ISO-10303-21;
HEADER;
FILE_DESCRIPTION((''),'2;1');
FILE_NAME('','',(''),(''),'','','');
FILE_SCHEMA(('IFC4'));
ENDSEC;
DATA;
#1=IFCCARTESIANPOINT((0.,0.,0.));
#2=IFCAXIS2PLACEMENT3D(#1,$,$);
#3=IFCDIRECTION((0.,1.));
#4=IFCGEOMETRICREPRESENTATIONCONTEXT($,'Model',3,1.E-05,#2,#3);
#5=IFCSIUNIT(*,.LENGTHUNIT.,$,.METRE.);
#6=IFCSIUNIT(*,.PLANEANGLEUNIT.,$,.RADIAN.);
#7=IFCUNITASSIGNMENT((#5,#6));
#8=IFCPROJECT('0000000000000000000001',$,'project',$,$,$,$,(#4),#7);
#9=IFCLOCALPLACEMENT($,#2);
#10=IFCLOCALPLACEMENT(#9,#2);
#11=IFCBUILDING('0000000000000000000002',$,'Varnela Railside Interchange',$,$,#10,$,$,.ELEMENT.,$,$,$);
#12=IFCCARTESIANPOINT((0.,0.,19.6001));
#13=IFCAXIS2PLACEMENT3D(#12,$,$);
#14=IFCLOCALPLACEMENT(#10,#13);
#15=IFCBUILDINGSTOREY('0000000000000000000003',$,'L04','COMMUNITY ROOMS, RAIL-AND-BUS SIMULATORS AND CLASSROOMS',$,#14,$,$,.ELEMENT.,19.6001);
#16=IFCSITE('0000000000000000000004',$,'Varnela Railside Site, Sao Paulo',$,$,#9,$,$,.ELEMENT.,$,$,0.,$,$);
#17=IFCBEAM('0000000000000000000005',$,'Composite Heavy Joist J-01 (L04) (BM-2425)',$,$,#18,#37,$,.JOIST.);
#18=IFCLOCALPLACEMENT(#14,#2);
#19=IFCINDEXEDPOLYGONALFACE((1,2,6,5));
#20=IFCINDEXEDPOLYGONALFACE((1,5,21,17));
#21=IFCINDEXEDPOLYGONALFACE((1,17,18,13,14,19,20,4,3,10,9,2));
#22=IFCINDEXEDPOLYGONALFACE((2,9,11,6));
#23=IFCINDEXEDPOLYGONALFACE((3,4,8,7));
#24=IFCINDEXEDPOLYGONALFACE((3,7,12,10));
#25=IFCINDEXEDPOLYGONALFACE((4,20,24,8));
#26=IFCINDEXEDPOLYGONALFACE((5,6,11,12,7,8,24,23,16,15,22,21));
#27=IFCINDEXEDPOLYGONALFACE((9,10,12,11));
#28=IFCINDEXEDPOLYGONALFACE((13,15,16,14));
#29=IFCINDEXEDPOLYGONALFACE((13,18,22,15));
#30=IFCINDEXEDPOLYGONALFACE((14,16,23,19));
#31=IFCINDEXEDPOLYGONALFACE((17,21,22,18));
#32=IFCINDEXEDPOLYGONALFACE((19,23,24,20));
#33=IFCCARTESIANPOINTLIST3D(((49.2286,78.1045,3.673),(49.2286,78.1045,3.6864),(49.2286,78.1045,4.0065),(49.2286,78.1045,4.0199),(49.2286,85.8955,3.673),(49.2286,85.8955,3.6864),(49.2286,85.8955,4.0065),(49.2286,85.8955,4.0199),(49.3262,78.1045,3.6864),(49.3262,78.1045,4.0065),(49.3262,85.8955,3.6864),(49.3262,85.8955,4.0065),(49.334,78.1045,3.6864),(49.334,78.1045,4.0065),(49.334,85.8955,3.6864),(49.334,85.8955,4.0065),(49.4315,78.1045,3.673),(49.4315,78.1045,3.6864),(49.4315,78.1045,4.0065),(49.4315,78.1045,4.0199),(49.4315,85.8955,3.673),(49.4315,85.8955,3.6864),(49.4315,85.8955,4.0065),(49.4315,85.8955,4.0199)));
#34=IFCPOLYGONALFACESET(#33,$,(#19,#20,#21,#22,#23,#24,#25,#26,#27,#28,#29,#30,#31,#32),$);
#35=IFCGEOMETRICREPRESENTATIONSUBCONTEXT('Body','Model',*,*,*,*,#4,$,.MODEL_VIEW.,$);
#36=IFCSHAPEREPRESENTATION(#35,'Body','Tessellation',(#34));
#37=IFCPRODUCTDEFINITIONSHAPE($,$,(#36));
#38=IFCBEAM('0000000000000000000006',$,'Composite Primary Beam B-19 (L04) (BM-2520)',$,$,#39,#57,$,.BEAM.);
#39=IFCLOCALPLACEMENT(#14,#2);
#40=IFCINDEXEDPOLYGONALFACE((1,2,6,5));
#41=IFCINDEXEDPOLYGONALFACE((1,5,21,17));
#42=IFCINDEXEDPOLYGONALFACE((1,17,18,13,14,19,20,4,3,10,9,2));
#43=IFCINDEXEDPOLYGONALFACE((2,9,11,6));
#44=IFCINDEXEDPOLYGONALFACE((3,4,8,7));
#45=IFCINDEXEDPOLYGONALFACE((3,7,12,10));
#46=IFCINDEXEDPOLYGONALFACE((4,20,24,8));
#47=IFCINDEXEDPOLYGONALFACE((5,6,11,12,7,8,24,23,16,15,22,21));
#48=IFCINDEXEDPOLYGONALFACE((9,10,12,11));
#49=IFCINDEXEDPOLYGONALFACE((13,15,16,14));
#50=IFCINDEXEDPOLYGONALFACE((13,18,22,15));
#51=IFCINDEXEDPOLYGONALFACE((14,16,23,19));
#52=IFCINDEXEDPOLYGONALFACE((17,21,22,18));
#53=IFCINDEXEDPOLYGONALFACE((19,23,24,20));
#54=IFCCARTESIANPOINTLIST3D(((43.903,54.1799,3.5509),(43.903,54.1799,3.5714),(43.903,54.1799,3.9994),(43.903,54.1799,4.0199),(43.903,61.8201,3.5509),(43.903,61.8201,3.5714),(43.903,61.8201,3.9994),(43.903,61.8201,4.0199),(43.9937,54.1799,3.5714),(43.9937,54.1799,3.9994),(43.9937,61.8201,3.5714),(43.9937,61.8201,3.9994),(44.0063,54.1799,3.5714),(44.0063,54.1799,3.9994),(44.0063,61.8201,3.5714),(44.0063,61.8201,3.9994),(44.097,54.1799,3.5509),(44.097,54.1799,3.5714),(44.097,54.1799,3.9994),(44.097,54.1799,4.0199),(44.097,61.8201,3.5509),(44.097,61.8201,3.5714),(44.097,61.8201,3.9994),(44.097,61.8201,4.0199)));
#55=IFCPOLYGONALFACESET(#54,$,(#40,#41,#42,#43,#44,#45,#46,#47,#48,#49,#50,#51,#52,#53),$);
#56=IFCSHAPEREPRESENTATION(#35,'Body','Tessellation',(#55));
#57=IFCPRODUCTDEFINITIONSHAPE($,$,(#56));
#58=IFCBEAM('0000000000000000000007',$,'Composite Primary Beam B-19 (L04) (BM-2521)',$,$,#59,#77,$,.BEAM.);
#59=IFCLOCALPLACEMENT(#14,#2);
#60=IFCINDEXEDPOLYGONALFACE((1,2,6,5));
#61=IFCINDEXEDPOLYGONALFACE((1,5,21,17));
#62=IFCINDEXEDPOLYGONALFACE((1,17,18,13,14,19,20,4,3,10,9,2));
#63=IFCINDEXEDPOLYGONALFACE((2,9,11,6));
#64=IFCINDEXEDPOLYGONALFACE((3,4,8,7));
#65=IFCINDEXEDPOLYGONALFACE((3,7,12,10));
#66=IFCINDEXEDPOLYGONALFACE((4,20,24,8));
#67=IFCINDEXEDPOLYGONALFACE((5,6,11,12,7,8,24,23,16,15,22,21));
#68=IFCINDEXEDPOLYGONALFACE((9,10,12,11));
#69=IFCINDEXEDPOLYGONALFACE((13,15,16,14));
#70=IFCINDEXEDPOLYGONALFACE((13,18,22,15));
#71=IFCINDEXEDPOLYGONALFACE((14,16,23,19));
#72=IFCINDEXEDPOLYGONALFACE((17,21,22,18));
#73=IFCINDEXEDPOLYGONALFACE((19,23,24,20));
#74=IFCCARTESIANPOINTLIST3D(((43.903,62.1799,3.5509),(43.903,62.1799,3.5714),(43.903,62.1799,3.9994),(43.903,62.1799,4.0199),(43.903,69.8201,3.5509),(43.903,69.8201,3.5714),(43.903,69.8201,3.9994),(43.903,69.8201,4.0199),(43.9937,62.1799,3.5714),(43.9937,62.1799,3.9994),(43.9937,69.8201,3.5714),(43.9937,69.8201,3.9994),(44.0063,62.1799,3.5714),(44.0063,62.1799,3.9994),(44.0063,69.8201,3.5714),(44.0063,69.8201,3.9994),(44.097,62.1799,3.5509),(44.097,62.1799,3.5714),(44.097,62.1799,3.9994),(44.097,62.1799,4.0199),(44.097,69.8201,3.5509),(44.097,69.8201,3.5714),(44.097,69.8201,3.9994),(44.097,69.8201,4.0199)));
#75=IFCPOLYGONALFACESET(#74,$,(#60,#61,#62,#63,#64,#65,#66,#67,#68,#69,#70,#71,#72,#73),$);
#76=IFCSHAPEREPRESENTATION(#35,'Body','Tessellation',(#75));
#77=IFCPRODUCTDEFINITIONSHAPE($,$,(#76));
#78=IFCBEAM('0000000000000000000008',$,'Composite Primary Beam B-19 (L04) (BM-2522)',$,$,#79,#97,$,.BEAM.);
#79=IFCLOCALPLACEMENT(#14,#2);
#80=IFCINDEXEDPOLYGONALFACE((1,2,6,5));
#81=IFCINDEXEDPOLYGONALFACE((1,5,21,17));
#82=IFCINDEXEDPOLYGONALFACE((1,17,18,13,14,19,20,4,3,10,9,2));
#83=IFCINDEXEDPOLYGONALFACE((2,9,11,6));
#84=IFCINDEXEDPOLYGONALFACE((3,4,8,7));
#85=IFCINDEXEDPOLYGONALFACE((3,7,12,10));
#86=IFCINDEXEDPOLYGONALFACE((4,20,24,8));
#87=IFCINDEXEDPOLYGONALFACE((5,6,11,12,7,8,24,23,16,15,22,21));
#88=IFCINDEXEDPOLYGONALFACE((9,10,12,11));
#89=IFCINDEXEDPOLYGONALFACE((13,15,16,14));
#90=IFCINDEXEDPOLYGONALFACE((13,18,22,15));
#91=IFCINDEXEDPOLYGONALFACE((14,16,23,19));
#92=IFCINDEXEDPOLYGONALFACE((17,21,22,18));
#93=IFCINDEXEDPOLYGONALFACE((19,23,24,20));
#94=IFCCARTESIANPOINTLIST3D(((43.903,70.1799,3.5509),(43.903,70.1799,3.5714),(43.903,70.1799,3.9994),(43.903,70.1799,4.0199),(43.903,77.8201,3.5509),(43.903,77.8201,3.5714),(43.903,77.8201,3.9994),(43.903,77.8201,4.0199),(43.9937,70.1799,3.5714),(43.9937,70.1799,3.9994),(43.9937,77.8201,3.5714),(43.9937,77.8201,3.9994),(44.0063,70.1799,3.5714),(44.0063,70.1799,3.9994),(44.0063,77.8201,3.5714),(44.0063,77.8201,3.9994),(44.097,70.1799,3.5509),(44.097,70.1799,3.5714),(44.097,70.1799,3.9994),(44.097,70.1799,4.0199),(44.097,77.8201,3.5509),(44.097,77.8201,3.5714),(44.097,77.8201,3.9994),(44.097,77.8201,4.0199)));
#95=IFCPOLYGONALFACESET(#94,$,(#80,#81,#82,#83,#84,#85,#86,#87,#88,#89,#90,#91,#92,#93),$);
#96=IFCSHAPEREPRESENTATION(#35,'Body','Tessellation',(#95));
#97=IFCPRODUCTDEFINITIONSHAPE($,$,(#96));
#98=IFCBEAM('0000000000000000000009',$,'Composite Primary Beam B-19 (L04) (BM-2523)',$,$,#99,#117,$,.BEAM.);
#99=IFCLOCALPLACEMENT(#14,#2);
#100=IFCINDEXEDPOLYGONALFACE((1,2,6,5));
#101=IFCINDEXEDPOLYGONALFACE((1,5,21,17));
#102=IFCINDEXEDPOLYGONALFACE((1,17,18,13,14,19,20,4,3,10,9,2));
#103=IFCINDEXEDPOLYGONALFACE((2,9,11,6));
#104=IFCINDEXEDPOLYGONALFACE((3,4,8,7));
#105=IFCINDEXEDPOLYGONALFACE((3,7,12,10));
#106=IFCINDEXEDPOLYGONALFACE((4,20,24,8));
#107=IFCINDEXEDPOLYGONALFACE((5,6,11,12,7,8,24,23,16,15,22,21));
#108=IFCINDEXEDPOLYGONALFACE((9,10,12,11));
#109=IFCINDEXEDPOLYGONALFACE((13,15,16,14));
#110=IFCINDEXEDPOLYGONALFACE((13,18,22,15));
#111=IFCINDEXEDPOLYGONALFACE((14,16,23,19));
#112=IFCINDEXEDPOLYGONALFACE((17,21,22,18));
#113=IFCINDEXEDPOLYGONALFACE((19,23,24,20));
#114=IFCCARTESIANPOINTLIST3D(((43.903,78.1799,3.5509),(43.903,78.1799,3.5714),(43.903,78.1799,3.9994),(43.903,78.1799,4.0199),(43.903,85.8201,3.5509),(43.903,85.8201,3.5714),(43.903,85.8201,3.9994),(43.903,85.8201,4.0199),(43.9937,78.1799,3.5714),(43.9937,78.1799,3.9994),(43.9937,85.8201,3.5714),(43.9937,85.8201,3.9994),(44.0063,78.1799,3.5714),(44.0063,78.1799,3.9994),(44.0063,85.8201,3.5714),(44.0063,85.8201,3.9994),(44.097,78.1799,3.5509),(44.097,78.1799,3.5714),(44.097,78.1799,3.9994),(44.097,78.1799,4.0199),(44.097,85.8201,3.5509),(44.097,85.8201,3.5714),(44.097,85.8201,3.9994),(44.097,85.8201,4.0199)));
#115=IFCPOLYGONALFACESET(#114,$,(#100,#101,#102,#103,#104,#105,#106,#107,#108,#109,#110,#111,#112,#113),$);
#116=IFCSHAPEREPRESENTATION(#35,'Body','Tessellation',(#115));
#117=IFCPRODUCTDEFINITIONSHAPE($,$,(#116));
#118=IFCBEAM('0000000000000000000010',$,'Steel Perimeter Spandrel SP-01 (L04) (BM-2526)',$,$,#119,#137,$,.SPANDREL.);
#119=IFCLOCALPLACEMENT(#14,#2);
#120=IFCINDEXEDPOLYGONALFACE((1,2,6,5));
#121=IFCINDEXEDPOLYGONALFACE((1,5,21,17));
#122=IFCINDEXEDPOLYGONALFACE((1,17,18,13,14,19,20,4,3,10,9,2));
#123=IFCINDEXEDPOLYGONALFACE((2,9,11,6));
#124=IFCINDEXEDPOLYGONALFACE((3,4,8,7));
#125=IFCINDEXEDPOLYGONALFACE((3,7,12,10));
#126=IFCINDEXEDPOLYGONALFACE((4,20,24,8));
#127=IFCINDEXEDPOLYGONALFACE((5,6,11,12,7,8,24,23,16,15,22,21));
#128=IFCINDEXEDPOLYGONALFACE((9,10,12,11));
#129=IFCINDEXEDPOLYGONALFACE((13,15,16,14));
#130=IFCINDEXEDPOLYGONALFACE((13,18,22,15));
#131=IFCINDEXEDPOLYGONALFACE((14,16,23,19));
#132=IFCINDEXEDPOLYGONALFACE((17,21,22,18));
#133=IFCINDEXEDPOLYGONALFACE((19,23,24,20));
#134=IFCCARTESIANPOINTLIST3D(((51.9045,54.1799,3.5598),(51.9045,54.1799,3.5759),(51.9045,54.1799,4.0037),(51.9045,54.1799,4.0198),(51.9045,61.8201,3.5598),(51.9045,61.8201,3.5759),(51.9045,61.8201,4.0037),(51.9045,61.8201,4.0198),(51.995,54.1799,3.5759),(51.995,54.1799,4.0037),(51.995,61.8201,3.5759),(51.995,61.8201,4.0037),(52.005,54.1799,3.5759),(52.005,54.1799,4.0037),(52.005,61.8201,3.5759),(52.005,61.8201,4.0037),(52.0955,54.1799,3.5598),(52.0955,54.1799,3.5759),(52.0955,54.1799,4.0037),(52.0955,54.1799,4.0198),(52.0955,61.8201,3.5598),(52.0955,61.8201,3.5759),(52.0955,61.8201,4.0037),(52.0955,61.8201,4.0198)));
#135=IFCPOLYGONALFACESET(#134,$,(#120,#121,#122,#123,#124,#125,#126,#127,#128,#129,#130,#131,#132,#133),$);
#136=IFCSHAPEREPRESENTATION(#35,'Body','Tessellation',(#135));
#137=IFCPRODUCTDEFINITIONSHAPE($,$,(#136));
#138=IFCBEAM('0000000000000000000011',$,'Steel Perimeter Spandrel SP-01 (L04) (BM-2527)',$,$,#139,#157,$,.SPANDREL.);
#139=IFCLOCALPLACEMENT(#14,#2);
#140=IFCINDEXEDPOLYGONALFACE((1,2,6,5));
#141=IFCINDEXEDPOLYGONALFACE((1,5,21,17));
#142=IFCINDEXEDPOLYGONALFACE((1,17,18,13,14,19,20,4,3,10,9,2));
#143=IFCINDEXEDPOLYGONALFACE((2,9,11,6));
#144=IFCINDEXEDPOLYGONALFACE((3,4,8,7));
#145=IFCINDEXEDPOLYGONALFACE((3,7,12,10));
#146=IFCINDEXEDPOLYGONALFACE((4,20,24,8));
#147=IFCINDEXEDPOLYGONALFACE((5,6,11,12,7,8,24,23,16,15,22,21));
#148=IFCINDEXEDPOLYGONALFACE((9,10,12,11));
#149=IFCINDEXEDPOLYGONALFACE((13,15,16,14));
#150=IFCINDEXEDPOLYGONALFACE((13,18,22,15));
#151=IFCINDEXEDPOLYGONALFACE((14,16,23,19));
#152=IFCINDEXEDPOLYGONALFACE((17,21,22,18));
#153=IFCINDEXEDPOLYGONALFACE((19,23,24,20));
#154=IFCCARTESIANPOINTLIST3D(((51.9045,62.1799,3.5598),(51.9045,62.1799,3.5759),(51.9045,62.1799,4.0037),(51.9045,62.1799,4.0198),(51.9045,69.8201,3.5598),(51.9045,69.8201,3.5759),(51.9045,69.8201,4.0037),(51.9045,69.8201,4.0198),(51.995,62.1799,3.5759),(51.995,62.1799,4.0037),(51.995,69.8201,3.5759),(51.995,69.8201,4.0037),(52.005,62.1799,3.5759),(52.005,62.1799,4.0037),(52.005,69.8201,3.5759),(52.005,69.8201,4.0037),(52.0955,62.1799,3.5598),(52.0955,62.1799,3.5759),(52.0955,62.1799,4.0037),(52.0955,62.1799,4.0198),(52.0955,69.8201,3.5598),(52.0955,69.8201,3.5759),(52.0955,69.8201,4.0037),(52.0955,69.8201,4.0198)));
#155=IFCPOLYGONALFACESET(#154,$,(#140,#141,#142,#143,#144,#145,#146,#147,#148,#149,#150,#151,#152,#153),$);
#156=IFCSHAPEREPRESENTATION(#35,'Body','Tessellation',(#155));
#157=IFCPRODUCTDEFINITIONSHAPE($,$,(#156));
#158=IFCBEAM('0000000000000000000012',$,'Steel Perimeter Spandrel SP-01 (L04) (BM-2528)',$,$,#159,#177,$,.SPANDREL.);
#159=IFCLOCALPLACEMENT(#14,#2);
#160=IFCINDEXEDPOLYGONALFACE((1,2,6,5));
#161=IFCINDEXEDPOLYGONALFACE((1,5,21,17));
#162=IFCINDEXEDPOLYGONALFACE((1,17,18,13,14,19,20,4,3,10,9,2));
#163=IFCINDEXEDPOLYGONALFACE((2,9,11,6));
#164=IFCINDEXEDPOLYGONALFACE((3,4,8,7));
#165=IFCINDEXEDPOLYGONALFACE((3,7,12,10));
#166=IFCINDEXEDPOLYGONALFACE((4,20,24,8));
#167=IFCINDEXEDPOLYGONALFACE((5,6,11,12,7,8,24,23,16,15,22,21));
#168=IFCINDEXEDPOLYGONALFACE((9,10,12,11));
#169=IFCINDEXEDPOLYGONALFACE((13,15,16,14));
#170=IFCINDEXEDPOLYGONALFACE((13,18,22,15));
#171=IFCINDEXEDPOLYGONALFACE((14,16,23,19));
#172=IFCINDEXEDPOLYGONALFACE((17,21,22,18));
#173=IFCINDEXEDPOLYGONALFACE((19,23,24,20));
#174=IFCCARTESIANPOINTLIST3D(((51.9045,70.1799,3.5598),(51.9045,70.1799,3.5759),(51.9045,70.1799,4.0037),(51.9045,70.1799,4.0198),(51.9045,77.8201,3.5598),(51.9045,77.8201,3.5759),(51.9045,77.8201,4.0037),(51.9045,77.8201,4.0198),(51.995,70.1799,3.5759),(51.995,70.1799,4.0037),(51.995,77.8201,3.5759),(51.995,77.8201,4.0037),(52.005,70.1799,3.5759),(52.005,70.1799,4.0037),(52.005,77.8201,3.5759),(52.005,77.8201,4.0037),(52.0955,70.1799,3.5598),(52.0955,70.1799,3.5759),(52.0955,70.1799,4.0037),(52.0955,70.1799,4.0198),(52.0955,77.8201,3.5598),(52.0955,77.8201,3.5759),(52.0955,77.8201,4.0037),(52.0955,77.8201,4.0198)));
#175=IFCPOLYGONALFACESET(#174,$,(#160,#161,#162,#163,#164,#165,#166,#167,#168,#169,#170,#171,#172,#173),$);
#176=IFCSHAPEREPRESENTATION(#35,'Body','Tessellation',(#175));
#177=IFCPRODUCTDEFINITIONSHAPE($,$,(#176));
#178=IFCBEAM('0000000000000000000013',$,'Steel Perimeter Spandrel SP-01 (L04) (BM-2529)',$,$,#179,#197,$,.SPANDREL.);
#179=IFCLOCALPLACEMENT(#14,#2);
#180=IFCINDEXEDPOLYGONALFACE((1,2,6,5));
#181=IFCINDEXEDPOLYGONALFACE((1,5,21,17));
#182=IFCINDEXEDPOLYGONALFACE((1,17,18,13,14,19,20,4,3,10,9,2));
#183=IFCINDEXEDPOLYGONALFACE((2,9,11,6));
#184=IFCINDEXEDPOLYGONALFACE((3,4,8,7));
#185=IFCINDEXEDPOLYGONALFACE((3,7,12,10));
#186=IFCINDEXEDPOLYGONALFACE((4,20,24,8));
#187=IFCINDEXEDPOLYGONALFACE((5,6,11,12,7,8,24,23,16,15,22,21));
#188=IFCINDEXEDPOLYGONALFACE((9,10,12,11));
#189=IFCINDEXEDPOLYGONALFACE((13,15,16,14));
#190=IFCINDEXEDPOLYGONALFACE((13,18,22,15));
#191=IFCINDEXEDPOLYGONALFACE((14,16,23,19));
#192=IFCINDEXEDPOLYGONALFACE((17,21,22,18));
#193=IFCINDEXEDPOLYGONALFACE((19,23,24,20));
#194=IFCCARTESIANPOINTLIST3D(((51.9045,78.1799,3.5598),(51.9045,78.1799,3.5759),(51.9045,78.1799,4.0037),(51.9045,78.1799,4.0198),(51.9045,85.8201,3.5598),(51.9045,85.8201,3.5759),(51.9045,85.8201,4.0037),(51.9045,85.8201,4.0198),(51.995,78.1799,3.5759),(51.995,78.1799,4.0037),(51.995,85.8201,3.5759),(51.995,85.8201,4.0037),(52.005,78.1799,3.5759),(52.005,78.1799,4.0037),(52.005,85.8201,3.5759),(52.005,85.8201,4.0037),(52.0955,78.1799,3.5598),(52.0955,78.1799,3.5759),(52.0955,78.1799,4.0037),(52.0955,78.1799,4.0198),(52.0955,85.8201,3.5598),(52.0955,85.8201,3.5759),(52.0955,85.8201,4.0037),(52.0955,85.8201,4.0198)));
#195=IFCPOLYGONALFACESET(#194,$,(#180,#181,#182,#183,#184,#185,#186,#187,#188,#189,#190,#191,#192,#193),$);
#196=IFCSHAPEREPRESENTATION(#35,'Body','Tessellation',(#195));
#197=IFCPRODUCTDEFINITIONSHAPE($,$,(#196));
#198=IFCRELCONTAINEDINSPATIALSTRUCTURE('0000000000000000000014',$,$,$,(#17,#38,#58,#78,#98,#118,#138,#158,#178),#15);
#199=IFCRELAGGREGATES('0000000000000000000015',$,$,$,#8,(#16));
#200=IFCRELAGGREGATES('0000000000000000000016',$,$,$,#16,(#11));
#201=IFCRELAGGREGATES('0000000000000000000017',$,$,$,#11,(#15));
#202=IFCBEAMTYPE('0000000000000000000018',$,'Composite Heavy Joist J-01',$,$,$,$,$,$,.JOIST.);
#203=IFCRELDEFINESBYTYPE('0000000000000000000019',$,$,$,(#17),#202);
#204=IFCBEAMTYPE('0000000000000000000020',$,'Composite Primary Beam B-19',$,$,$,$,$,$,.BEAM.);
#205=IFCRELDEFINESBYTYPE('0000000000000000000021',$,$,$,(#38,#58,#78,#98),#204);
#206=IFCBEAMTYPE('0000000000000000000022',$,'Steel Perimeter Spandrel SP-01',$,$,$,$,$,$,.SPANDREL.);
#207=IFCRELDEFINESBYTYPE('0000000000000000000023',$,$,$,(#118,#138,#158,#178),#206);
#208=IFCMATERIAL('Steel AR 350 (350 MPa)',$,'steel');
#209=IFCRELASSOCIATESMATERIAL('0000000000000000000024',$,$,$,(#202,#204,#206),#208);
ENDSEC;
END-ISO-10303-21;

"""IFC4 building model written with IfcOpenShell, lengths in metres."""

from ifc_helpers import new_model, si_unit, direction, frame, origin, origin_2d, place, context, subcontext, project, spatial, i_section, extrude, material, material_profile, profile_set, type_object, element, save


model = new_model("IFC4")

# Units and contexts
model_context = context("Model", 3, precision=1e-05, world=origin(), true_north=direction((0.0, 1.0)))
body_context = subcontext(model_context, "Body", "Model", "MODEL_VIEW")
ifc_project = project(units=[si_unit("LENGTHUNIT", "METRE"), si_unit("PLANEANGLEUNIT", "RADIAN")], contexts=[model_context])

# Site, building, storey
site_placement = place(None, origin())
site = spatial("IfcSite", under=ifc_project, at=site_placement, Name="Varnela Railside Site, Sao Paulo", CompositionType="ELEMENT", RefElevation=0.0)
building_placement = place(site_placement, origin())
building = spatial("IfcBuilding", under=site, at=building_placement, Name="Varnela Railside Interchange", CompositionType="ELEMENT")
storey_placement = place(building_placement, frame((0.0, 0.0, 19.6001)))
storey = spatial("IfcBuildingStorey", under=building, at=storey_placement, Name="L04", Description="COMMUNITY ROOMS, RAIL-AND-BUS SIMULATORS AND CLASSROOMS", CompositionType="ELEMENT", Elevation=19.6001)

# Shared definitions
ifc_material_1 = material(Name="Steel AR 350 (350 MPa)", Category="steel")

# Beams
ifc_material_profile_1 = material_profile(ifc_material_1, i_section(OverallWidth=0.2029, OverallDepth=0.3469, WebThickness=0.0078, FlangeThickness=0.0134, at=origin_2d()), Name="W360x64")
ifc_profile_set_1 = profile_set([ifc_material_profile_1], Name="Steel AR 350 (350 MPa)")
beam_type_1 = type_object("IfcBeamType", Name="Composite Heavy Joist J-01", PredefinedType="JOIST", material=ifc_profile_set_1)
for number, where, z_axis, x_axis, name in (
    (1, (49.3301, 78.1045, 3.8464), (0.0, 1.0, 0.0), (-1.0, 0.0, 0.0), "Composite Heavy Joist J-01 (L04) (BM-2425)"),
):
    element("IfcBeam", number, at=place(storey_placement, frame(where, z_axis=z_axis, x_axis=x_axis)), inside=storey, type_object=beam_type_1, Name=name, PredefinedType="JOIST", context=body_context, shape_type="SweptSolid", body=[
        extrude(i_section(OverallWidth=0.2029, OverallDepth=0.3469, WebThickness=0.0078, FlangeThickness=0.0134, at=origin_2d()), origin(), (0.0, 0.0, 1.0), 7.791),
    ])
ifc_material_profile_2 = material_profile(ifc_material_1, i_section(OverallWidth=0.1941, OverallDepth=0.469, WebThickness=0.0127, FlangeThickness=0.0205, at=origin_2d()), Name="W460x106")
ifc_profile_set_2 = profile_set([ifc_material_profile_2], Name="Steel AR 350 (350 MPa)")
beam_type_2 = type_object("IfcBeamType", Name="Composite Primary Beam B-19", PredefinedType="BEAM", material=ifc_profile_set_2)
for number, where, z_axis, x_axis, name in (
    (2, (44.0, 54.1799, 3.7854), (0.0, 1.0, 0.0), (-1.0, 0.0, 0.0), "Composite Primary Beam B-19 (L04) (BM-2520)"),
    (3, (44.0, 62.1799, 3.7854), (0.0, 1.0, 0.0), (-1.0, 0.0, 0.0), "Composite Primary Beam B-19 (L04) (BM-2521)"),
    (4, (44.0, 70.1799, 3.7854), (0.0, 1.0, 0.0), (-1.0, 0.0, 0.0), "Composite Primary Beam B-19 (L04) (BM-2522)"),
    (5, (44.0, 78.1799, 3.7854), (0.0, 1.0, 0.0), (-1.0, 0.0, 0.0), "Composite Primary Beam B-19 (L04) (BM-2523)"),
):
    element("IfcBeam", number, at=place(storey_placement, frame(where, z_axis=z_axis, x_axis=x_axis)), inside=storey, type_object=beam_type_2, Name=name, PredefinedType="BEAM", context=body_context, shape_type="SweptSolid", body=[
        extrude(i_section(OverallWidth=0.1941, OverallDepth=0.469, WebThickness=0.0127, FlangeThickness=0.0205, at=origin_2d()), origin(), (0.0, 0.0, 1.0), 7.6401),
    ])
ifc_material_profile_3 = material_profile(ifc_material_1, i_section(OverallWidth=0.1909, OverallDepth=0.46, WebThickness=0.01, FlangeThickness=0.0161, at=origin_2d()), Name="W460x82")
ifc_profile_set_3 = profile_set([ifc_material_profile_3], Name="Steel AR 350 (350 MPa)")
beam_type_3 = type_object("IfcBeamType", Name="Steel Perimeter Spandrel SP-01", PredefinedType="SPANDREL", material=ifc_profile_set_3)
for number, where, z_axis, x_axis, name in (
    (6, (52.0, 54.1799, 3.7898), (0.0, 1.0, 0.0), (-1.0, 0.0, 0.0), "Steel Perimeter Spandrel SP-01 (L04) (BM-2526)"),
    (7, (52.0, 62.1799, 3.7898), (0.0, 1.0, 0.0), (-1.0, 0.0, 0.0), "Steel Perimeter Spandrel SP-01 (L04) (BM-2527)"),
    (8, (52.0, 70.1799, 3.7898), (0.0, 1.0, 0.0), (-1.0, 0.0, 0.0), "Steel Perimeter Spandrel SP-01 (L04) (BM-2528)"),
    (9, (52.0, 78.1799, 3.7898), (0.0, 1.0, 0.0), (-1.0, 0.0, 0.0), "Steel Perimeter Spandrel SP-01 (L04) (BM-2529)"),
):
    element("IfcBeam", number, at=place(storey_placement, frame(where, z_axis=z_axis, x_axis=x_axis)), inside=storey, type_object=beam_type_3, Name=name, PredefinedType="SPANDREL", context=body_context, shape_type="SweptSolid", body=[
        extrude(i_section(OverallWidth=0.1909, OverallDepth=0.46, WebThickness=0.01, FlangeThickness=0.0161, at=origin_2d()), origin(), (0.0, 0.0, 1.0), 7.6401),
    ])

save(model, "model.ifc")
